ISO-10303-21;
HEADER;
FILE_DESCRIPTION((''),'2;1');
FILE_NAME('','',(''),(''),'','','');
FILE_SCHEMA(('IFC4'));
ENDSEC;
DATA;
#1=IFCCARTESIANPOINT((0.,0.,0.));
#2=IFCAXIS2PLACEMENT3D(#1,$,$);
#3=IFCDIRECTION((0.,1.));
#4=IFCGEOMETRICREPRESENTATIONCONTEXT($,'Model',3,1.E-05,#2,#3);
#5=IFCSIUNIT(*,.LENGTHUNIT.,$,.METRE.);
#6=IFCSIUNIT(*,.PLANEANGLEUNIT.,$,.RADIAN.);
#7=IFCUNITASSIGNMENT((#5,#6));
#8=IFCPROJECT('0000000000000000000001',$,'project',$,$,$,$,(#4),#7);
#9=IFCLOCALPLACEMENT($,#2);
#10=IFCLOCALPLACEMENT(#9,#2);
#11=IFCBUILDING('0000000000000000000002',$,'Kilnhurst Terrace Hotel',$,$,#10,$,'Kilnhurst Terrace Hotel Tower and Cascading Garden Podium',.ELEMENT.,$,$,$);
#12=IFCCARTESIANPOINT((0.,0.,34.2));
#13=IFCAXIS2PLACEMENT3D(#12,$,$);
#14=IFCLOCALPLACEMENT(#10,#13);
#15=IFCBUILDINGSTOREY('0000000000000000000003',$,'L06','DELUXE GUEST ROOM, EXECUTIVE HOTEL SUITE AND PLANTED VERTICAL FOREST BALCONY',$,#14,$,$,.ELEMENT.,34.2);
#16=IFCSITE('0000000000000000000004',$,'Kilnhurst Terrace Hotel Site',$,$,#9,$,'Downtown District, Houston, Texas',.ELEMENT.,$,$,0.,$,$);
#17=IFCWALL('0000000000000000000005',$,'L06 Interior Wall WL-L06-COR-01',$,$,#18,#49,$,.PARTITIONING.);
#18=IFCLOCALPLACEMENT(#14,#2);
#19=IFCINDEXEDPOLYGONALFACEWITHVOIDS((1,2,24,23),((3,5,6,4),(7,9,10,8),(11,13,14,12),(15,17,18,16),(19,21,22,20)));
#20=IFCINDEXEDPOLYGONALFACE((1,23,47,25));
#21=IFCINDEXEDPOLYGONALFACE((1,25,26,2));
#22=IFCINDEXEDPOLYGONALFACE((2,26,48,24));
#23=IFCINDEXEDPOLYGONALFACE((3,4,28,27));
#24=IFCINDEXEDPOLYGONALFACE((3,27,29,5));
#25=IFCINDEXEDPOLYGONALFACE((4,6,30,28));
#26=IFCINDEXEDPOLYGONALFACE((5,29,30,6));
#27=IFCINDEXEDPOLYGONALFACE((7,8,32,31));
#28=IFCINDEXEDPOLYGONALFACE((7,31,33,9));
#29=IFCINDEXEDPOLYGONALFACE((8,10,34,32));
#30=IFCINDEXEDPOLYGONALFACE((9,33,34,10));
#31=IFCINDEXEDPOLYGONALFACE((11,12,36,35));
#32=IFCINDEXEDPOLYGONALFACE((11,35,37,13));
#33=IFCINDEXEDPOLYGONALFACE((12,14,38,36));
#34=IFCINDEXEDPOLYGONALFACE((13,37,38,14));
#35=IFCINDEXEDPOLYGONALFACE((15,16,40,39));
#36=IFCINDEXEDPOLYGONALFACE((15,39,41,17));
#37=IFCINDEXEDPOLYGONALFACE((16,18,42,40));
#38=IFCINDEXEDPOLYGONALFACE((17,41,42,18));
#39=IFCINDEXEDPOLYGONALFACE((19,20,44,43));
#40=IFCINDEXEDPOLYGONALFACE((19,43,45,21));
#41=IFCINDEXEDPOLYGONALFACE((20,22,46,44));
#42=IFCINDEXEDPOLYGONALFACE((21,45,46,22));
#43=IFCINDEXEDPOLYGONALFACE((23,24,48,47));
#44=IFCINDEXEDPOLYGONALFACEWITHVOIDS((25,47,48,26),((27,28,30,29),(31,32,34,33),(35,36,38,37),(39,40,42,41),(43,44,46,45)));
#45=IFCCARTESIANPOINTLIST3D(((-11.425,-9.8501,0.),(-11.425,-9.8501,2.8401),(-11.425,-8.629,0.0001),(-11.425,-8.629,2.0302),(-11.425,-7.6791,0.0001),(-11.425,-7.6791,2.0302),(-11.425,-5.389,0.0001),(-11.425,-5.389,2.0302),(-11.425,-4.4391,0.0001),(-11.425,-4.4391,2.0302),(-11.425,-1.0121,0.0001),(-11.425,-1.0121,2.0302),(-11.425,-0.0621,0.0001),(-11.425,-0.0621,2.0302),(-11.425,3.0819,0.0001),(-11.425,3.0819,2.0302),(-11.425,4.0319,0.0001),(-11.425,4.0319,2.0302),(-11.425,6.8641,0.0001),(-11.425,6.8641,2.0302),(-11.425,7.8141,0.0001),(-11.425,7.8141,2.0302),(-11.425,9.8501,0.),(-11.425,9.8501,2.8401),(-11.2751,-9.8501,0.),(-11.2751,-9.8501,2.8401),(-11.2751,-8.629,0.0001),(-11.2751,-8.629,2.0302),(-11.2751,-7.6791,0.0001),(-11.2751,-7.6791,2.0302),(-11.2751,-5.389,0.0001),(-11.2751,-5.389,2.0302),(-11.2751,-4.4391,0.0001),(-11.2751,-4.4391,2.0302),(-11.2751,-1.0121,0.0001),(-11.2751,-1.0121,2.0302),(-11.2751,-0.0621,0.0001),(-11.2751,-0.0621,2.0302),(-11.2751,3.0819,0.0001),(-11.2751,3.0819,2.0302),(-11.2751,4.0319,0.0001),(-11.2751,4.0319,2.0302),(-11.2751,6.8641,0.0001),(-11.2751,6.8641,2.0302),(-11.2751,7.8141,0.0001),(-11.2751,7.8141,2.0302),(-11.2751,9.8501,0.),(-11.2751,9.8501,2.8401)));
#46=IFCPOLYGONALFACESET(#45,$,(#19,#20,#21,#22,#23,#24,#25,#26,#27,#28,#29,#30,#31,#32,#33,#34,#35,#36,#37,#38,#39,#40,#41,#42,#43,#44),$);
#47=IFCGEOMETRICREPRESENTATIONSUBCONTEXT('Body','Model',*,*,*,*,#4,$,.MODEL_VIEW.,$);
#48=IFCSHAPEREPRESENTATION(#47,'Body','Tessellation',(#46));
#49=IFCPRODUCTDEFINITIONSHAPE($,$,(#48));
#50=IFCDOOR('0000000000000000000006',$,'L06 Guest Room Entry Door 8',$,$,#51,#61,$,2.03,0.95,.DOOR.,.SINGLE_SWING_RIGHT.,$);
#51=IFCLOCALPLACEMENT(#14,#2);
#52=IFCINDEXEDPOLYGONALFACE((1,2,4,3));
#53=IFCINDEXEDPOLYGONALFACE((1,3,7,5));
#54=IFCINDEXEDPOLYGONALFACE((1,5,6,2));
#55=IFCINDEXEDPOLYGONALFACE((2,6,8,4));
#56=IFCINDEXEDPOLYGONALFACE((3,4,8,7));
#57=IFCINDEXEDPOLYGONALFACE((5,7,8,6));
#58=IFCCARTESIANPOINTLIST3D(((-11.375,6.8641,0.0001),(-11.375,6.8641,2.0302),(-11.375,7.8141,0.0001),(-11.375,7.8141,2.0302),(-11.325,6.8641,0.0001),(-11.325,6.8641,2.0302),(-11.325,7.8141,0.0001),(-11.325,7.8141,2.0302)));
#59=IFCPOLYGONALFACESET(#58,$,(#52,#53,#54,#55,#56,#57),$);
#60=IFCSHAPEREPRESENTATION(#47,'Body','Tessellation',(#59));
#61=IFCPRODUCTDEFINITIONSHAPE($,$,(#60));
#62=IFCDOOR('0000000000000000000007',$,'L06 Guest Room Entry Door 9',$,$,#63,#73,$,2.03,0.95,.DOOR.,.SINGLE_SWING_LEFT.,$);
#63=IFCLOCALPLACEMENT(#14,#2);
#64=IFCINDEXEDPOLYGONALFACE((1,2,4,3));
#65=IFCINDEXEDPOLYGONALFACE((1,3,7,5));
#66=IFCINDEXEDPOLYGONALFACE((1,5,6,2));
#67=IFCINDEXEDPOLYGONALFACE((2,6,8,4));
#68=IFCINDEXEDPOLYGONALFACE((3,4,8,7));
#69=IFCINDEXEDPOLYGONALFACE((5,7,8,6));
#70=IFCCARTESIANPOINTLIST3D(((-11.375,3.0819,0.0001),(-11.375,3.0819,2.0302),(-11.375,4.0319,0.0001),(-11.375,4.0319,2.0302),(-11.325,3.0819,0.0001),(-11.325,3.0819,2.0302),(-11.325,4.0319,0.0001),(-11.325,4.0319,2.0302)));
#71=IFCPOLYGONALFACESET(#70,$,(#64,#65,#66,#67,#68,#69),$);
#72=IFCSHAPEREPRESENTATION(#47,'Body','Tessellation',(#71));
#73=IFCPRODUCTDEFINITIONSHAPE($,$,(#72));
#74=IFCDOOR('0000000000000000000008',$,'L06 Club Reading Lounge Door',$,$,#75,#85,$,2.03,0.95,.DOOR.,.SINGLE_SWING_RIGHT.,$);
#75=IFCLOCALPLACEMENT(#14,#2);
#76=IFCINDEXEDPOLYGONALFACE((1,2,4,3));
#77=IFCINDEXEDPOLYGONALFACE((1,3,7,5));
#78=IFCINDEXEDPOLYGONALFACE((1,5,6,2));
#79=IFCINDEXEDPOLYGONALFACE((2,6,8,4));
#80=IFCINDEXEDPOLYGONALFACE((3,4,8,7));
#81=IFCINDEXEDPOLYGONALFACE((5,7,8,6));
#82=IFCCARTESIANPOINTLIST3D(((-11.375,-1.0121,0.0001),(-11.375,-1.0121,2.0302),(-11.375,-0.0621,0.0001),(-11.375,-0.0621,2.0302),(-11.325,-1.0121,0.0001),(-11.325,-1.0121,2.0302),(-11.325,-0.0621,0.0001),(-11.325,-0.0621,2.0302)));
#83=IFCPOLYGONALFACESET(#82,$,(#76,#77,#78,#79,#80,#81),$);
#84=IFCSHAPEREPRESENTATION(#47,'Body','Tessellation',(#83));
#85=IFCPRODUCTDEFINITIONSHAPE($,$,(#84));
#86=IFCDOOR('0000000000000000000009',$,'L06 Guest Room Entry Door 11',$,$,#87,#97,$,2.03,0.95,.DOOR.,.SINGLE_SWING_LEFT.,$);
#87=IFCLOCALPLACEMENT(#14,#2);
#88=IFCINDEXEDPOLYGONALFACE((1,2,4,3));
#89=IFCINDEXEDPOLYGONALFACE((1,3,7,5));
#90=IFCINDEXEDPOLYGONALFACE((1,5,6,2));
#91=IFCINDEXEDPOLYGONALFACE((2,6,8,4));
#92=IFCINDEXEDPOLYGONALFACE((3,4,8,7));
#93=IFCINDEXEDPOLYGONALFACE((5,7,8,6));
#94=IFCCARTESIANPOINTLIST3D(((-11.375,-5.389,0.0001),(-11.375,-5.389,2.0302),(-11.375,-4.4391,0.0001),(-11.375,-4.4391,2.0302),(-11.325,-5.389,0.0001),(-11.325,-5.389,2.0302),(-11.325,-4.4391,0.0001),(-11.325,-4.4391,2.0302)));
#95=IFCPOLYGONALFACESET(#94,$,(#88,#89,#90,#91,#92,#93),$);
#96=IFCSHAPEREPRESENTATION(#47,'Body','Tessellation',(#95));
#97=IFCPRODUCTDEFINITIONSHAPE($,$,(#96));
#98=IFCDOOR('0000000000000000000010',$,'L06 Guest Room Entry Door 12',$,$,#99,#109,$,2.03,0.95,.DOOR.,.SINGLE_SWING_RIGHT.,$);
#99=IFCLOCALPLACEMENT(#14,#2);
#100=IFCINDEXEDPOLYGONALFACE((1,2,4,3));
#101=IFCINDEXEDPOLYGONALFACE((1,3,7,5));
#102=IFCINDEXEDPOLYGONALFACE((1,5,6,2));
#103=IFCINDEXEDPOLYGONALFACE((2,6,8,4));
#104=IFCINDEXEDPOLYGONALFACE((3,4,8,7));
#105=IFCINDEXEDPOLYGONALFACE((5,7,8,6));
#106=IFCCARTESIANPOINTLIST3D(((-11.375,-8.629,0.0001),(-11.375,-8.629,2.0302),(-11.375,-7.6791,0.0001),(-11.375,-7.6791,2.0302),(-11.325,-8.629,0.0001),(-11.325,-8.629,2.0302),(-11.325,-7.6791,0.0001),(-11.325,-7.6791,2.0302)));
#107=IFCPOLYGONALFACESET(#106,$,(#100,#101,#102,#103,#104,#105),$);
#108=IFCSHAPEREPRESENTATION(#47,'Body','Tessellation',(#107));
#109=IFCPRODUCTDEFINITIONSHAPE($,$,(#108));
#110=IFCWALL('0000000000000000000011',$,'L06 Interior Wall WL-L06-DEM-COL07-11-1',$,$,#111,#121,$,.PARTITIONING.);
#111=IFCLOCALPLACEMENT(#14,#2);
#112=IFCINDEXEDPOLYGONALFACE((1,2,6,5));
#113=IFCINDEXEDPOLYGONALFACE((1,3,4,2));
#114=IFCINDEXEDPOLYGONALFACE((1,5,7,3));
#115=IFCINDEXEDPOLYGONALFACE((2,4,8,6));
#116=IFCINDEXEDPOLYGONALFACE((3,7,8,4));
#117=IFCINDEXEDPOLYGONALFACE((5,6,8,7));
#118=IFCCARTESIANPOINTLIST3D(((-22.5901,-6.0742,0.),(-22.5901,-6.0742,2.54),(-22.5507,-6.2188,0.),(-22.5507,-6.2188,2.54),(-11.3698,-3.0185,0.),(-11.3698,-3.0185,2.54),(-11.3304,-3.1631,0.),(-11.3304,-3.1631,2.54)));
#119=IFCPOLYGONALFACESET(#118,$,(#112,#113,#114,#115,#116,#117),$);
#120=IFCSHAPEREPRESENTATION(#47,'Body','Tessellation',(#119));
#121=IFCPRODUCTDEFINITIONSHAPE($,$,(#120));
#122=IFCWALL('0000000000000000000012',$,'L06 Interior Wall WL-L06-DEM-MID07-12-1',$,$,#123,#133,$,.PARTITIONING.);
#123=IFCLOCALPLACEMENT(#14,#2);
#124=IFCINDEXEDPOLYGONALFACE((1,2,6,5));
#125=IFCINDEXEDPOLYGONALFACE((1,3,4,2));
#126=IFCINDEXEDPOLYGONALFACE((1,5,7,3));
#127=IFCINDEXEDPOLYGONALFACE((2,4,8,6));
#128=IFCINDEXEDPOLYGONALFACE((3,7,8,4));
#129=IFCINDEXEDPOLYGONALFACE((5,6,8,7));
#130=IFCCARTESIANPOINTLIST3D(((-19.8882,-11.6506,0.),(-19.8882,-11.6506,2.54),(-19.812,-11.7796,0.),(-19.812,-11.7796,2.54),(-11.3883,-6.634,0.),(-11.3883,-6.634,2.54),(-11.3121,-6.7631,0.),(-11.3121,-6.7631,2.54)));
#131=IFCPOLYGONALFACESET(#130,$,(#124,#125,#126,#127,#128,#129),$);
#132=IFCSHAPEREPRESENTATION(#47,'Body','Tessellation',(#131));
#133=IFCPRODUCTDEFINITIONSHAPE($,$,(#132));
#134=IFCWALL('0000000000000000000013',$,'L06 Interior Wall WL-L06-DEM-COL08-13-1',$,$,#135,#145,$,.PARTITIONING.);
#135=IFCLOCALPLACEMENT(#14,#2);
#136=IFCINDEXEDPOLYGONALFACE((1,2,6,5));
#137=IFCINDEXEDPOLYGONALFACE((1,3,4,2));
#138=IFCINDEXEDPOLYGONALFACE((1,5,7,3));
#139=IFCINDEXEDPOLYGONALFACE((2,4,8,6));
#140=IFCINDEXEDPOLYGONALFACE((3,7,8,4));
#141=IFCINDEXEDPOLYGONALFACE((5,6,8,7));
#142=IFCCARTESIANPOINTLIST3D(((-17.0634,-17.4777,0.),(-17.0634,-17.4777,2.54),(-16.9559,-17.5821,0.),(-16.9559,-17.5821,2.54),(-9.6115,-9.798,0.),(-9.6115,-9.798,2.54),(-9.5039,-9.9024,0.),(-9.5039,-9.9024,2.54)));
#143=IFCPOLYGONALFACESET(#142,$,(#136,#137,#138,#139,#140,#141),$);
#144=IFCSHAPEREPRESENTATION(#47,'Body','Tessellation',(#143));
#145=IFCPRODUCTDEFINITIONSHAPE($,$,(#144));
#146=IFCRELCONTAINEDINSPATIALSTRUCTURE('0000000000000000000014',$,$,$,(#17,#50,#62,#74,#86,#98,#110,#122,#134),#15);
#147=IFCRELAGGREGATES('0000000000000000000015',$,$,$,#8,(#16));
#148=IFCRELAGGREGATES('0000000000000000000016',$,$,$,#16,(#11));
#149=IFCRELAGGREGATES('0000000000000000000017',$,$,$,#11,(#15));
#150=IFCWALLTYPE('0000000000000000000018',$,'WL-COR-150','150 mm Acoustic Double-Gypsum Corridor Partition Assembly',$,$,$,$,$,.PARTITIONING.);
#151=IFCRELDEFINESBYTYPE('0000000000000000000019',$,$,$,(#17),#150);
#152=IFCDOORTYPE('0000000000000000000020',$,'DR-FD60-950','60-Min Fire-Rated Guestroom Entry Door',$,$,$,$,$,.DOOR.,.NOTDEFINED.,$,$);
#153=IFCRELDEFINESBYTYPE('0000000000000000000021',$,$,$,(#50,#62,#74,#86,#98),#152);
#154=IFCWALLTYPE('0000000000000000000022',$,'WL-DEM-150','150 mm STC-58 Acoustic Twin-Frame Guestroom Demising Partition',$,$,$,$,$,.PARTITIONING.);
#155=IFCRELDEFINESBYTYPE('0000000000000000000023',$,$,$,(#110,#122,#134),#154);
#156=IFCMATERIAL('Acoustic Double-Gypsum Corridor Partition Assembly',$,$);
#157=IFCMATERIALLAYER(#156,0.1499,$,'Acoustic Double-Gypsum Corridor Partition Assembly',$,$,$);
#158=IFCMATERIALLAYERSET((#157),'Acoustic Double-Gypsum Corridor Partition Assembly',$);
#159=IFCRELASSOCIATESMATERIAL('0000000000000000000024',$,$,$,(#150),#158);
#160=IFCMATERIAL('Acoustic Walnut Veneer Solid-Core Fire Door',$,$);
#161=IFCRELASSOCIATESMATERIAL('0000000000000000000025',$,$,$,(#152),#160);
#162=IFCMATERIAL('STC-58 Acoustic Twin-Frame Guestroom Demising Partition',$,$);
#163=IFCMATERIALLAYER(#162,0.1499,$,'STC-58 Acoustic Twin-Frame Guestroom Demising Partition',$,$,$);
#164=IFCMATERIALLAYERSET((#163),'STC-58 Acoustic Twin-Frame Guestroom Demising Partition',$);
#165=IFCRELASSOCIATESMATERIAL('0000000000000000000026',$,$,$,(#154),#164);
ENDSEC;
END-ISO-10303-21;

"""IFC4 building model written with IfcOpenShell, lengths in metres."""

from ifc_helpers import new_model, si_unit, direction, frame, frame_2d, origin, place, context, subcontext, project, spatial, rectangle, extrude, material, layer, layer_set, type_object, element, fill, save


model = new_model("IFC4")

# Units and contexts
model_context = context("Model", 3, precision=1e-05, world=origin(), true_north=direction((0.0, 1.0)))
body_context = subcontext(model_context, "Body", "Model", "MODEL_VIEW")
ifc_project = project(units=[si_unit("LENGTHUNIT", "METRE"), si_unit("PLANEANGLEUNIT", "RADIAN")], contexts=[model_context])

# Site, building, storey
site_placement = place(None, origin())
site = spatial("IfcSite", under=ifc_project, at=site_placement, Name="Kilnhurst Terrace Hotel Site", LongName="Downtown District, Houston, Texas", CompositionType="ELEMENT", RefElevation=0.0)
building_placement = place(site_placement, origin())
building = spatial("IfcBuilding", under=site, at=building_placement, Name="Kilnhurst Terrace Hotel", LongName="Kilnhurst Terrace Hotel Tower and Cascading Garden Podium", CompositionType="ELEMENT")
storey_placement = place(building_placement, frame((0.0, 0.0, 34.2)))
storey = spatial("IfcBuildingStorey", under=building, at=storey_placement, Name="L06", Description="DELUXE GUEST ROOM, EXECUTIVE HOTEL SUITE AND PLANTED VERTICAL FOREST BALCONY", CompositionType="ELEMENT", Elevation=34.2)

# Wall, openings, doors
ifc_material_1 = material(Name="Acoustic Double-Gypsum Corridor Partition Assembly")
ifc_layer_1 = layer(ifc_material_1, 0.1499, Name="Acoustic Double-Gypsum Corridor Partition Assembly")
ifc_layer_set_1 = layer_set([ifc_layer_1], Name="Acoustic Double-Gypsum Corridor Partition Assembly")
wall_type_1 = type_object("IfcWallType", Name="WL-COR-150", Description="150 mm Acoustic Double-Gypsum Corridor Partition Assembly", PredefinedType="PARTITIONING", material=ifc_layer_set_1)
wall_1_placement = place(storey_placement, frame((-11.3501, -9.8501, 0.0), z_axis=(0.0, 0.0, 1.0), x_axis=(0.0, 1.0, 0.0)))
wall_1 = element("IfcWall", 1, at=wall_1_placement, inside=storey, type_object=wall_type_1, Name="L06 Interior Wall WL-L06-COR-01", PredefinedType="PARTITIONING", context=body_context, shape_type="SweptSolid", body=[
    extrude(rectangle(XDim=19.7002, YDim=0.1499, at=frame_2d((9.8501, 0.0))), origin(), (0.0, 0.0, 1.0), 2.8401),
])
opening_1_placement = place(wall_1_placement, frame((16.7141, 0.0, 0.0)))
opening_1 = element("IfcOpeningElement", 2, at=opening_1_placement, cuts=wall_1, PredefinedType="OPENING", context=body_context, shape_type="SweptSolid", body=[
    extrude(rectangle(XDim=0.95, YDim=2.03, at=frame_2d((0.4751, 1.0151))), frame((0.0, 0.085, 0.0), z_axis=(0.0, -1.0, 0.0), x_axis=(1.0, 0.0, 0.0)), (0.0, 0.0, 1.0), 0.1699),
])
opening_2_placement = place(wall_1_placement, frame((12.9319, 0.0, 0.0)))
opening_2 = element("IfcOpeningElement", 3, at=opening_2_placement, cuts=wall_1, PredefinedType="OPENING", context=body_context, shape_type="SweptSolid", body=[
    extrude(rectangle(XDim=0.95, YDim=2.03, at=frame_2d((0.4751, 1.0151))), frame((0.0, 0.085, 0.0), z_axis=(0.0, -1.0, 0.0), x_axis=(1.0, 0.0, 0.0)), (0.0, 0.0, 1.0), 0.1699),
])
opening_3_placement = place(wall_1_placement, frame((8.8379, 0.0, 0.0)))
opening_3 = element("IfcOpeningElement", 4, at=opening_3_placement, cuts=wall_1, PredefinedType="OPENING", context=body_context, shape_type="SweptSolid", body=[
    extrude(rectangle(XDim=0.95, YDim=2.03, at=frame_2d((0.4751, 1.0151))), frame((0.0, 0.085, 0.0), z_axis=(0.0, -1.0, 0.0), x_axis=(1.0, 0.0, 0.0)), (0.0, 0.0, 1.0), 0.1699),
])
opening_4_placement = place(wall_1_placement, frame((4.4609, 0.0, 0.0)))
opening_4 = element("IfcOpeningElement", 5, at=opening_4_placement, cuts=wall_1, PredefinedType="OPENING", context=body_context, shape_type="SweptSolid", body=[
    extrude(rectangle(XDim=0.95, YDim=2.03, at=frame_2d((0.4751, 1.0151))), frame((0.0, 0.085, 0.0), z_axis=(0.0, -1.0, 0.0), x_axis=(1.0, 0.0, 0.0)), (0.0, 0.0, 1.0), 0.1699),
])
opening_5_placement = place(wall_1_placement, frame((1.2209, 0.0, 0.0)))
opening_5 = element("IfcOpeningElement", 6, at=opening_5_placement, cuts=wall_1, PredefinedType="OPENING", context=body_context, shape_type="SweptSolid", body=[
    extrude(rectangle(XDim=0.95, YDim=2.03, at=frame_2d((0.4751, 1.0151))), frame((0.0, 0.085, 0.0), z_axis=(0.0, -1.0, 0.0), x_axis=(1.0, 0.0, 0.0)), (0.0, 0.0, 1.0), 0.1699),
])
ifc_material_2 = material(Name="Acoustic Walnut Veneer Solid-Core Fire Door")
door_type_1 = type_object("IfcDoorType", Name="DR-FD60-950", Description="60-Min Fire-Rated Guestroom Entry Door", OperationType="NOTDEFINED", PredefinedType="DOOR", material=ifc_material_2)
door_1_placement = place(opening_1_placement, origin())
door_1 = element("IfcDoor", 7, at=door_1_placement, inside=storey, type_object=door_type_1, Name="L06 Guest Room Entry Door 8", OperationType="SINGLE_SWING_RIGHT", OverallHeight=2.03, OverallWidth=0.95, PredefinedType="DOOR", context=body_context, shape_type="SweptSolid", body=[
    extrude(rectangle(XDim=0.95, YDim=2.03, at=frame_2d((0.4751, 1.0151))), frame((0.0, 0.0249, 0.0), z_axis=(0.0, -1.0, 0.0), x_axis=(1.0, 0.0, 0.0)), (0.0, 0.0, 1.0), 0.05),
])
fill(opening_1, door_1)
door_2_placement = place(opening_2_placement, origin())
door_2 = element("IfcDoor", 8, at=door_2_placement, inside=storey, type_object=door_type_1, Name="L06 Guest Room Entry Door 9", OperationType="SINGLE_SWING_LEFT", OverallHeight=2.03, OverallWidth=0.95, PredefinedType="DOOR", context=body_context, shape_type="SweptSolid", body=[
    extrude(rectangle(XDim=0.95, YDim=2.03, at=frame_2d((0.4751, 1.0151))), frame((0.0, 0.0249, 0.0), z_axis=(0.0, -1.0, 0.0), x_axis=(1.0, 0.0, 0.0)), (0.0, 0.0, 1.0), 0.05),
])
fill(opening_2, door_2)
door_3_placement = place(opening_3_placement, origin())
door_3 = element("IfcDoor", 9, at=door_3_placement, inside=storey, type_object=door_type_1, Name="L06 Club Reading Lounge Door", OperationType="SINGLE_SWING_RIGHT", OverallHeight=2.03, OverallWidth=0.95, PredefinedType="DOOR", context=body_context, shape_type="SweptSolid", body=[
    extrude(rectangle(XDim=0.95, YDim=2.03, at=frame_2d((0.4751, 1.0151))), frame((0.0, 0.0249, 0.0), z_axis=(0.0, -1.0, 0.0), x_axis=(1.0, 0.0, 0.0)), (0.0, 0.0, 1.0), 0.05),
])
fill(opening_3, door_3)
door_4_placement = place(opening_4_placement, origin())
door_4 = element("IfcDoor", 10, at=door_4_placement, inside=storey, type_object=door_type_1, Name="L06 Guest Room Entry Door 11", OperationType="SINGLE_SWING_LEFT", OverallHeight=2.03, OverallWidth=0.95, PredefinedType="DOOR", context=body_context, shape_type="SweptSolid", body=[
    extrude(rectangle(XDim=0.95, YDim=2.03, at=frame_2d((0.4751, 1.0151))), frame((0.0, 0.0249, 0.0), z_axis=(0.0, -1.0, 0.0), x_axis=(1.0, 0.0, 0.0)), (0.0, 0.0, 1.0), 0.05),
])
fill(opening_4, door_4)
door_5_placement = place(opening_5_placement, origin())
door_5 = element("IfcDoor", 11, at=door_5_placement, inside=storey, type_object=door_type_1, Name="L06 Guest Room Entry Door 12", OperationType="SINGLE_SWING_RIGHT", OverallHeight=2.03, OverallWidth=0.95, PredefinedType="DOOR", context=body_context, shape_type="SweptSolid", body=[
    extrude(rectangle(XDim=0.95, YDim=2.03, at=frame_2d((0.4751, 1.0151))), frame((0.0, 0.0249, 0.0), z_axis=(0.0, -1.0, 0.0), x_axis=(1.0, 0.0, 0.0)), (0.0, 0.0, 1.0), 0.05),
])
fill(opening_5, door_5)

# Walls
ifc_material_3 = material(Name="STC-58 Acoustic Twin-Frame Guestroom Demising Partition")
ifc_layer_2 = layer(ifc_material_3, 0.1499, Name="STC-58 Acoustic Twin-Frame Guestroom Demising Partition")
ifc_layer_set_2 = layer_set([ifc_layer_2], Name="STC-58 Acoustic Twin-Frame Guestroom Demising Partition")
wall_type_2 = type_object("IfcWallType", Name="WL-DEM-150", Description="150 mm STC-58 Acoustic Twin-Frame Guestroom Demising Partition", PredefinedType="PARTITIONING", material=ifc_layer_set_2)
wall_2_placement = place(storey_placement, frame((-11.3501, -3.0908, 0.0), z_axis=(0.0, 0.0, 1.0), x_axis=(-0.96486, -0.262766, 0.0)))
element("IfcWall", 12, at=wall_2_placement, inside=storey, type_object=wall_type_2, Name="L06 Interior Wall WL-L06-DEM-COL07-11-1", PredefinedType="PARTITIONING", context=body_context, shape_type="SweptSolid", body=[
    extrude(rectangle(XDim=11.6289, YDim=0.1499, at=frame_2d((5.8145, 0.0))), origin(), (0.0, 0.0, 1.0), 2.54),
])
wall_3_placement = place(storey_placement, frame((-11.3501, -6.6985, 0.0), z_axis=(0.0, 0.0, 1.0), x_axis=(-0.861198, -0.508269, 0.0)))
element("IfcWall", 13, at=wall_3_placement, inside=storey, type_object=wall_type_2, Name="L06 Interior Wall WL-L06-DEM-MID07-12-1", PredefinedType="PARTITIONING", context=body_context, shape_type="SweptSolid", body=[
    extrude(rectangle(XDim=9.8699, YDim=0.1499, at=frame_2d((4.9351, 0.0))), origin(), (0.0, 0.0, 1.0), 2.54),
])
wall_4_placement = place(storey_placement, frame((-9.5576, -9.8501, 0.0), z_axis=(0.0, 0.0, 1.0), x_axis=(-0.696383, -0.71767, 0.0)))
element("IfcWall", 14, at=wall_4_placement, inside=storey, type_object=wall_type_2, Name="L06 Interior Wall WL-L06-DEM-COL08-13-1", PredefinedType="PARTITIONING", context=body_context, shape_type="SweptSolid", body=[
    extrude(rectangle(XDim=10.7009, YDim=0.1499, at=frame_2d((5.3506, 0.0))), origin(), (0.0, 0.0, 1.0), 2.54),
])

save(model, "model.ifc")
